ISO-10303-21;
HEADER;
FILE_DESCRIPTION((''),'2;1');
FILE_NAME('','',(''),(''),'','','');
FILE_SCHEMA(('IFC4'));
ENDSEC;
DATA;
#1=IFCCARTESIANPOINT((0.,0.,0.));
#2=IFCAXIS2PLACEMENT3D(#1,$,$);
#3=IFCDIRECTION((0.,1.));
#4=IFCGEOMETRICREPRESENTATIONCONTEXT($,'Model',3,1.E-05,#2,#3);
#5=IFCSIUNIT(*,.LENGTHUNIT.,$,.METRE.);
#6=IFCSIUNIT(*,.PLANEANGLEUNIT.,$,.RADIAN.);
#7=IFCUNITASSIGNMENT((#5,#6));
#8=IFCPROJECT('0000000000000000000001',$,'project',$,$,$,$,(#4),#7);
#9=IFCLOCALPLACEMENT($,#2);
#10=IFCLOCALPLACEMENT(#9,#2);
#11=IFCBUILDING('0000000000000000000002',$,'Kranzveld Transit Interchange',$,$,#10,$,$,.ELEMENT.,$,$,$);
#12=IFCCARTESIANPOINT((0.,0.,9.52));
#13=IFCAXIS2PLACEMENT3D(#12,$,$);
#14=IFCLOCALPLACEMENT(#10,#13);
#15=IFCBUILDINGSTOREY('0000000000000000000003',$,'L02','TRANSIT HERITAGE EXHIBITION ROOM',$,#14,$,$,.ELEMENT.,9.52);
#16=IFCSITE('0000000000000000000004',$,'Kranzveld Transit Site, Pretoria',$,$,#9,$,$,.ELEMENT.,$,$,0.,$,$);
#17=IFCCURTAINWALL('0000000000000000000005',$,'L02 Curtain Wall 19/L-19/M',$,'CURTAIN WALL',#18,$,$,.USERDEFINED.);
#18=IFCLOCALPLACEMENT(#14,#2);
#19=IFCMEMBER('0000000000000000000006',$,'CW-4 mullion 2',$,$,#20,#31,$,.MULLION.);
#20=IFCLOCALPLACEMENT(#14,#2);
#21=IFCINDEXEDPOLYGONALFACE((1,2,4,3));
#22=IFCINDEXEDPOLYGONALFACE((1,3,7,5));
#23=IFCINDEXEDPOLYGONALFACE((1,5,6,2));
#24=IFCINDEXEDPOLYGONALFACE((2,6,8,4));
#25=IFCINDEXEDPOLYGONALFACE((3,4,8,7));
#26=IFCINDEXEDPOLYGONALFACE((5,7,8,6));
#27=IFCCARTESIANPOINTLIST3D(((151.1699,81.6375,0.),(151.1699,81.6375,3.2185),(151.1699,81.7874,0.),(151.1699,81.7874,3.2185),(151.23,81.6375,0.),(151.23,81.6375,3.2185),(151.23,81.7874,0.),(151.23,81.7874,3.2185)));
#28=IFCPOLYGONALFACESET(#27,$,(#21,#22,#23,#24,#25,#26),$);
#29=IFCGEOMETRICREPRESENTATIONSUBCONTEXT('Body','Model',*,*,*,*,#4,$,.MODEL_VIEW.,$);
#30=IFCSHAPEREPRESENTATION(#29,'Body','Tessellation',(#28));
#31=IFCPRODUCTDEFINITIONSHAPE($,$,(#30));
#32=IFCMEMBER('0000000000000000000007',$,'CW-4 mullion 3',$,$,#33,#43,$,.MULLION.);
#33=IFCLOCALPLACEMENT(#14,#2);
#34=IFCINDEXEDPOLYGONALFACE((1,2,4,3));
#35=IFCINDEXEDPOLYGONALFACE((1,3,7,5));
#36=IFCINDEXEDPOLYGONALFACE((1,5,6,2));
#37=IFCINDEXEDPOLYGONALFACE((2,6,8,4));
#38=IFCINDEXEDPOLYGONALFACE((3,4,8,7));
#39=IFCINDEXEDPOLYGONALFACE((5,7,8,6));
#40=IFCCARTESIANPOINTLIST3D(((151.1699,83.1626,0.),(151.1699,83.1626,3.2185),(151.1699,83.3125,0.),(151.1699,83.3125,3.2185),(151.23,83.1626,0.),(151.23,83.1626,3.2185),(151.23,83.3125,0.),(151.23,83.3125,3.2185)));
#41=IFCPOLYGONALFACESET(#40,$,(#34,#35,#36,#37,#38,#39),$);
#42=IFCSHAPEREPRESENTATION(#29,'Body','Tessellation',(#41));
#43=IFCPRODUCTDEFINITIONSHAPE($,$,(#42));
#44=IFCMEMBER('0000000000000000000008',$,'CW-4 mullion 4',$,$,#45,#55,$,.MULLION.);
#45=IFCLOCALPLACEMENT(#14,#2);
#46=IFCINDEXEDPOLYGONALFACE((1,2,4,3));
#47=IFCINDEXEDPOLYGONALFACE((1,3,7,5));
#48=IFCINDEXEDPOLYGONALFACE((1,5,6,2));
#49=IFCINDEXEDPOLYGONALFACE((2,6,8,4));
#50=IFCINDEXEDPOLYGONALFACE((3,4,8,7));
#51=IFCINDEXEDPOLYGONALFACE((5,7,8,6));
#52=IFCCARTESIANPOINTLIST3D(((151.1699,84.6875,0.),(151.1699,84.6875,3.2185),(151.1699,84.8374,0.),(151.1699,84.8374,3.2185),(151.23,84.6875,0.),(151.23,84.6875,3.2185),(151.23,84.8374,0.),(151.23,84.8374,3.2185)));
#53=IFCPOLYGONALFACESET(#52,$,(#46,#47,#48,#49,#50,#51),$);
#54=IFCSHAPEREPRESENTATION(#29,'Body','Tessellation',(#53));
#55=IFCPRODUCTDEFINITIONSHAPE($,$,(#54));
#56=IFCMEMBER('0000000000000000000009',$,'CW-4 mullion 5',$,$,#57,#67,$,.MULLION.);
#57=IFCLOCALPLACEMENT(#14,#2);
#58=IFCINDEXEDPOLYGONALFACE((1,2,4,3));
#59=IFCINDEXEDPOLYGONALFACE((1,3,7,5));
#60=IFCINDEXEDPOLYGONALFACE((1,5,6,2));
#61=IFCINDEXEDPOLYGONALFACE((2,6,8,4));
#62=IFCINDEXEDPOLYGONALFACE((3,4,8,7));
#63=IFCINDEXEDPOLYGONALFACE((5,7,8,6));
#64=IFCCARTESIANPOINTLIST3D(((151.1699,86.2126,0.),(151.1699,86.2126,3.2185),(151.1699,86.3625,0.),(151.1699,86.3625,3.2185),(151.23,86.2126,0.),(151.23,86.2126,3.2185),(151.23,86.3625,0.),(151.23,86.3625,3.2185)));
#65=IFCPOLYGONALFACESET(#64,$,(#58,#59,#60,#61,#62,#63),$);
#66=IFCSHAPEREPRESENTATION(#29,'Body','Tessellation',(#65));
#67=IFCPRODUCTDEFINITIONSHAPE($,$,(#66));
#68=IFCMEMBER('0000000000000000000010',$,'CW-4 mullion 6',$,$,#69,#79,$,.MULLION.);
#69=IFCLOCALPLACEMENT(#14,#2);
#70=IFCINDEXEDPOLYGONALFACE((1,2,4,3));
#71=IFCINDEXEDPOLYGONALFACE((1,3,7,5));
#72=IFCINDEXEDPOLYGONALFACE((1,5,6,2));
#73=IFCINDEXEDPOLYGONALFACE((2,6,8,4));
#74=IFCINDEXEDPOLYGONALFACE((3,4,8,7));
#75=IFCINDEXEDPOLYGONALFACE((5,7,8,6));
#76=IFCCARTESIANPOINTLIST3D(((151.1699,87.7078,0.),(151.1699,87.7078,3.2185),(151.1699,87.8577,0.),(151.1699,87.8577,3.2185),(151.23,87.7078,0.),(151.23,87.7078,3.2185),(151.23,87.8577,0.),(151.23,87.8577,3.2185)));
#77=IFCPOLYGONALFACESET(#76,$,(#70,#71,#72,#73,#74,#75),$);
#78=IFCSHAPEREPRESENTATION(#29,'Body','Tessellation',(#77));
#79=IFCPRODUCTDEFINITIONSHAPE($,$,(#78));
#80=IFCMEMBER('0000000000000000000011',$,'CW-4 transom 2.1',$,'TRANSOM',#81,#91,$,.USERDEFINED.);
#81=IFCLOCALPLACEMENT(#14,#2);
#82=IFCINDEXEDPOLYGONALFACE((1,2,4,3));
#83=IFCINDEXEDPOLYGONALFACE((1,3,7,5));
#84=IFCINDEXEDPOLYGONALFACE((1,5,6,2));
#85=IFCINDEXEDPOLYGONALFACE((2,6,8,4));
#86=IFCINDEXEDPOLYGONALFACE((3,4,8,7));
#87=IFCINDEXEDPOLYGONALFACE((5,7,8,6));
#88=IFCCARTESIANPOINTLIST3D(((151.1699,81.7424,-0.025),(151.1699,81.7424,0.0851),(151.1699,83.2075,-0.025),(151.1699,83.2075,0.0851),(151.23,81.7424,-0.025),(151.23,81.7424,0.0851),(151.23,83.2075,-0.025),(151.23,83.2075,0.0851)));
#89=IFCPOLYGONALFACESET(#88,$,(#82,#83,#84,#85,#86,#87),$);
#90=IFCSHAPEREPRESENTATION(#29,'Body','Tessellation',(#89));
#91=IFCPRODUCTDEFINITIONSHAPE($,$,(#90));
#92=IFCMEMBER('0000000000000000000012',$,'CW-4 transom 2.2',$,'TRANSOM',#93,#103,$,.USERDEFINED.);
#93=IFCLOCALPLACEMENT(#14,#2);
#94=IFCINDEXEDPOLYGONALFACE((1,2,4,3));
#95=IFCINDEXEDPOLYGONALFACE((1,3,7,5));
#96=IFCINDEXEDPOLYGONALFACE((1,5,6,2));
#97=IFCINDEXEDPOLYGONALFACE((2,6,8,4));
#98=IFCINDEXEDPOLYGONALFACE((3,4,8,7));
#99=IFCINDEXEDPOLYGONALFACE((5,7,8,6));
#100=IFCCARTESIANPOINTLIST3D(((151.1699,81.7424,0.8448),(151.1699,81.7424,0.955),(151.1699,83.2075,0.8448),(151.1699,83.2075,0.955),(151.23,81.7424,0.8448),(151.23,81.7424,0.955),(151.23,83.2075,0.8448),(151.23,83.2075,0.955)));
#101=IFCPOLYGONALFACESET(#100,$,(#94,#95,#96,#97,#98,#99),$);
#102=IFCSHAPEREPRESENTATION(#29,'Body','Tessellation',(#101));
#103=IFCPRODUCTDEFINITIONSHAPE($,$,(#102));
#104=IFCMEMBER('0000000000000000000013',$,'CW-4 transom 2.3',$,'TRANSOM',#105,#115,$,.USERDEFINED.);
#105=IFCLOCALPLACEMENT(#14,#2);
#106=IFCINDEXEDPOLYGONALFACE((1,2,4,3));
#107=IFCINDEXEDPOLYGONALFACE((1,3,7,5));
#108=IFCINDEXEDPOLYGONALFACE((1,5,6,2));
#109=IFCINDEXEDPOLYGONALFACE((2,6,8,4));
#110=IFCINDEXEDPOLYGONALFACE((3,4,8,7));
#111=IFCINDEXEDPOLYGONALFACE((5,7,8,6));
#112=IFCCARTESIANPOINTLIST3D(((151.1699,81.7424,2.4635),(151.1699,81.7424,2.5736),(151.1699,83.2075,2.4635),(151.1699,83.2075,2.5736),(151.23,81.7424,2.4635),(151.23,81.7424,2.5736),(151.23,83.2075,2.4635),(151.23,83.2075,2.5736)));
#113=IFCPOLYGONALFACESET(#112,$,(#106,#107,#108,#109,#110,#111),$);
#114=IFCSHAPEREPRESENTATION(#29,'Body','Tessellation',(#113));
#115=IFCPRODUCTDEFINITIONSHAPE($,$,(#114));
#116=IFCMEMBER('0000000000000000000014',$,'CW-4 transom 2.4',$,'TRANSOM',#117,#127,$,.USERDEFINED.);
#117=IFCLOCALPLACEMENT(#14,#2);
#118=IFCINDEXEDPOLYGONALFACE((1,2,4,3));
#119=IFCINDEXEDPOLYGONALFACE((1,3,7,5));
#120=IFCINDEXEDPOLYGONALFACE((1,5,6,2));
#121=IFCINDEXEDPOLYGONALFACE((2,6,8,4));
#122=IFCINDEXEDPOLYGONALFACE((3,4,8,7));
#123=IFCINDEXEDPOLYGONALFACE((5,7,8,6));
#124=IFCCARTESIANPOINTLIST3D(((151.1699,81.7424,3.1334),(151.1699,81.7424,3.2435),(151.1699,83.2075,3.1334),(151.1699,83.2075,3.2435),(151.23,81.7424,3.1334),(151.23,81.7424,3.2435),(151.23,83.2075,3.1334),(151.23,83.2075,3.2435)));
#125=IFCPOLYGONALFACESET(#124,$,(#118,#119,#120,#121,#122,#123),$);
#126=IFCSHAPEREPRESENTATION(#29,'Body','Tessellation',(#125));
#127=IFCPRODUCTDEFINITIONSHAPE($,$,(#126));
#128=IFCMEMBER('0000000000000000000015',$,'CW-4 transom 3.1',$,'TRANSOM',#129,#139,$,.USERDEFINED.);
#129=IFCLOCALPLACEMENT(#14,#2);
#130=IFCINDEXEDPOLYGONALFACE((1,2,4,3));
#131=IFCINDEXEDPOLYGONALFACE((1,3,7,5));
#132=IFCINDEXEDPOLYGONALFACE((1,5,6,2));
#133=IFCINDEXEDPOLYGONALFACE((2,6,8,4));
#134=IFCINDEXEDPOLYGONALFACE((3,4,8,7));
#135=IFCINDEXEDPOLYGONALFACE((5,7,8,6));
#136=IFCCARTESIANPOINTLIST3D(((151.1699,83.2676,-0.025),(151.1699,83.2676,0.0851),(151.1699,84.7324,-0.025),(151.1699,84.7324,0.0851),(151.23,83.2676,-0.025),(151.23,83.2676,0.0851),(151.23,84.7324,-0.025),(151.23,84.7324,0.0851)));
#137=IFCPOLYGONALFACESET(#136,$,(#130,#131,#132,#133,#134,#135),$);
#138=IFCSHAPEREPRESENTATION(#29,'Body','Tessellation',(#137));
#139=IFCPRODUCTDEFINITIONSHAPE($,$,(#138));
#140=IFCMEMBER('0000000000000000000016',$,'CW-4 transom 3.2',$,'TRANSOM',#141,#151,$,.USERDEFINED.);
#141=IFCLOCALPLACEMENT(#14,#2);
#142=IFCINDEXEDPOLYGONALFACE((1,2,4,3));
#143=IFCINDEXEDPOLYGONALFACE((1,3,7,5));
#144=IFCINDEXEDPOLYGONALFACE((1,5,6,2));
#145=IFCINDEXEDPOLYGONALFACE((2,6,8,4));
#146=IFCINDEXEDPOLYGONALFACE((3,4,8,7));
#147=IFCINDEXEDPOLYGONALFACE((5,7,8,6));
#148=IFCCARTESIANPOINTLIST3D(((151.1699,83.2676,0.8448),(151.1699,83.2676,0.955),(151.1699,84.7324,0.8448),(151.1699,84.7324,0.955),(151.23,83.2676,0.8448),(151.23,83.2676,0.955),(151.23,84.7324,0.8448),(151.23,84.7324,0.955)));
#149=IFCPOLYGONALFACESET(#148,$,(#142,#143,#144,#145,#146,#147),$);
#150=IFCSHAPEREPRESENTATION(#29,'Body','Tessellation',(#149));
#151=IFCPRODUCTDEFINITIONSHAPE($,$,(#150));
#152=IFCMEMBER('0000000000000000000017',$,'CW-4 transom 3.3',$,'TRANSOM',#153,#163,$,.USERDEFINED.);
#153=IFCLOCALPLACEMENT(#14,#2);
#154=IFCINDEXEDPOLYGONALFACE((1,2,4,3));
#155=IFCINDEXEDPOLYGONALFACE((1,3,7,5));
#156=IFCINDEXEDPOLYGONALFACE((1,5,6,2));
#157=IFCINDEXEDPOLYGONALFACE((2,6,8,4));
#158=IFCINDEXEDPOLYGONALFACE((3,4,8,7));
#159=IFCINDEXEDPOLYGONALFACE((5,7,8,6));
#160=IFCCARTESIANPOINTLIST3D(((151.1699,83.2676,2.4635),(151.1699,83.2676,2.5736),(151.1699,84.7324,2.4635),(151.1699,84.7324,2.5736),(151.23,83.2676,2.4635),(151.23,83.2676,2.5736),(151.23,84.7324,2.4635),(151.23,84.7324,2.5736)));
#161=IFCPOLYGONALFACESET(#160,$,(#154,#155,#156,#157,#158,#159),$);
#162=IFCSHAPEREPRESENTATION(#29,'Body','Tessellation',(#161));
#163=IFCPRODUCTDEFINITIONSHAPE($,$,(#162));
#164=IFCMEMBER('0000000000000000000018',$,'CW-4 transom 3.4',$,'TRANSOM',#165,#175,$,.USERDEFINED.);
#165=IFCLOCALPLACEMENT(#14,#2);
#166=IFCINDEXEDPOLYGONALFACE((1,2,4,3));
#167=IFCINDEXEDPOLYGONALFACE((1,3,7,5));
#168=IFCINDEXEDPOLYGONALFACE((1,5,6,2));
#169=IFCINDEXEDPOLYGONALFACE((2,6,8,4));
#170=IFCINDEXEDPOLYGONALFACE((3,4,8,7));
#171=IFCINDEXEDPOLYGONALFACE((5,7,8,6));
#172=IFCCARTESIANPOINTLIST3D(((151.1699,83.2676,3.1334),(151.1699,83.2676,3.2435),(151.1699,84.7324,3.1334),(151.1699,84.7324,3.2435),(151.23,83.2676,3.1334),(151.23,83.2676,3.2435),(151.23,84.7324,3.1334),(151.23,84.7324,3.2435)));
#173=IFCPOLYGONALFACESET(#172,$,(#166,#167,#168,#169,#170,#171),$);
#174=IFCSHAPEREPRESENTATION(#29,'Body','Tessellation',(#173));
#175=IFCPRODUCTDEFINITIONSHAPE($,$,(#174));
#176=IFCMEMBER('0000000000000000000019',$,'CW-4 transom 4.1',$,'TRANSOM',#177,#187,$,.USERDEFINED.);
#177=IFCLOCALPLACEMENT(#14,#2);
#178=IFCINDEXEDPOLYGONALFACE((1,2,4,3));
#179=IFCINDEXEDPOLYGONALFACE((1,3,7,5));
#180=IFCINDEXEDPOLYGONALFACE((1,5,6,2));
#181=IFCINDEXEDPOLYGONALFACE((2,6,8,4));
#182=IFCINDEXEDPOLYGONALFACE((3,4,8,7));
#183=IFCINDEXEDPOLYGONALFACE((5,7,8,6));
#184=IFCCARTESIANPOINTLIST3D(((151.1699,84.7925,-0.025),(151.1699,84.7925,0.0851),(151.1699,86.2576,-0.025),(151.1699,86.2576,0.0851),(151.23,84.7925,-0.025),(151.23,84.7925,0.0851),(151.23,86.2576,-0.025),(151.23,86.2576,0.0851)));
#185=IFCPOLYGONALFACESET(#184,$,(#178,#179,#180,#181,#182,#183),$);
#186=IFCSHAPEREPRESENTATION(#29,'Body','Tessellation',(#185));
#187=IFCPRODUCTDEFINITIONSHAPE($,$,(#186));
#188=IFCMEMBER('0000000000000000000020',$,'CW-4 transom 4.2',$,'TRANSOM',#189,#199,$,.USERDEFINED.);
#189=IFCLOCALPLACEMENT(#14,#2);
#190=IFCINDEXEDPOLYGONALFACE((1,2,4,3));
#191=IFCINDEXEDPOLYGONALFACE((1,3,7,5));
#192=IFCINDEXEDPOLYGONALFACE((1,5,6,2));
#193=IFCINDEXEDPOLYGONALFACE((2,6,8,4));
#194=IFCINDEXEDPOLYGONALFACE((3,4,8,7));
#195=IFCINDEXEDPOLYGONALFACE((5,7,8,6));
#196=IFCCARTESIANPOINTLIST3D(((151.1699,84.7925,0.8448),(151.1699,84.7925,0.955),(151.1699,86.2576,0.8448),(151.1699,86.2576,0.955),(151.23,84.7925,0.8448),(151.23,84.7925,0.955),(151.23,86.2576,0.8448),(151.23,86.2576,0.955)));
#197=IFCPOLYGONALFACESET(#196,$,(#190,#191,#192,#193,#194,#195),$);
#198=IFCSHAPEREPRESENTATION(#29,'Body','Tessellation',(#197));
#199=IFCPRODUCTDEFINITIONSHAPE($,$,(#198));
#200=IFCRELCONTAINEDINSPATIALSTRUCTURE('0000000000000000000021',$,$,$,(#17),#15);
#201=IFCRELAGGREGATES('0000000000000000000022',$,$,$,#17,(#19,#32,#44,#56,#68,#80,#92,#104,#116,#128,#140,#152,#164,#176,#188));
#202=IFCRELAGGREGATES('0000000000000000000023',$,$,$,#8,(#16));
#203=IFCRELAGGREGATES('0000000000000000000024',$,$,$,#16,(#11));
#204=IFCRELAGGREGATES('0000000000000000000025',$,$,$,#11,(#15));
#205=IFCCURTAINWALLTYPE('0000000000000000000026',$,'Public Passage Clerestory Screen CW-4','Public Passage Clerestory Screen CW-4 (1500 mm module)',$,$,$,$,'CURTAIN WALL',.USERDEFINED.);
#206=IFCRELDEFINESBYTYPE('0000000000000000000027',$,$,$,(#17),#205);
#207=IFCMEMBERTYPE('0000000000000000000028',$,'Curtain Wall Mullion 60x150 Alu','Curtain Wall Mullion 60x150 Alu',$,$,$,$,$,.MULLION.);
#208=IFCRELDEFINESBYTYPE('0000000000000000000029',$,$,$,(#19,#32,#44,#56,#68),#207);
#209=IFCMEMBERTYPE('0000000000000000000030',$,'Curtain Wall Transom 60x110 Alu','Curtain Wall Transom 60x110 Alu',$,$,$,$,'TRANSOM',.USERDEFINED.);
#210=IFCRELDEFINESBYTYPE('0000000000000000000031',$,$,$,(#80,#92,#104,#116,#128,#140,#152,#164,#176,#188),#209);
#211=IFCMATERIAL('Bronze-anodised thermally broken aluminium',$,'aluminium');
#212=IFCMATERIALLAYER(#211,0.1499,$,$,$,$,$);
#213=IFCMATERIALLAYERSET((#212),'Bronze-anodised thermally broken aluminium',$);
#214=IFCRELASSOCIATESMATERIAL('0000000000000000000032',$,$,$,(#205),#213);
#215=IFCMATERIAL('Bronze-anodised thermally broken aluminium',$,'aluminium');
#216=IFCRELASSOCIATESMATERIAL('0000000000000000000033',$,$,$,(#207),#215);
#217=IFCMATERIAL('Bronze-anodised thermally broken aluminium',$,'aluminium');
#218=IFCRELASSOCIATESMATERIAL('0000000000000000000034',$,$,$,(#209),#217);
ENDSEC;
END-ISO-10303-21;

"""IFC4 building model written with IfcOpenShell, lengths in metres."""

from ifc_helpers import new_model, si_unit, direction, frame, origin, origin_2d, place, context, subcontext, project, spatial, rectangle, extrude, material, layer, layer_set, material_profile, profile_set, type_object, element, aggregate, save


model = new_model("IFC4")

# Units and contexts
model_context = context("Model", 3, precision=1e-05, world=origin(), true_north=direction((0.0, 1.0)))
body_context = subcontext(model_context, "Body", "Model", "MODEL_VIEW")
ifc_project = project(units=[si_unit("LENGTHUNIT", "METRE"), si_unit("PLANEANGLEUNIT", "RADIAN")], contexts=[model_context])

# Site, building, storey
site_placement = place(None, origin())
site = spatial("IfcSite", under=ifc_project, at=site_placement, Name="Kranzveld Transit Site, Pretoria", CompositionType="ELEMENT", RefElevation=0.0)
building_placement = place(site_placement, origin())
building = spatial("IfcBuilding", under=site, at=building_placement, Name="Kranzveld Transit Interchange", CompositionType="ELEMENT")
storey_placement = place(building_placement, frame((0.0, 0.0, 9.52)))
storey = spatial("IfcBuildingStorey", under=building, at=storey_placement, Name="L02", Description="TRANSIT HERITAGE EXHIBITION ROOM", CompositionType="ELEMENT", Elevation=9.52)

# Curtain wall, members
ifc_material_1 = material(Name="Bronze-anodised thermally broken aluminium", Category="aluminium")
ifc_layer_1 = layer(ifc_material_1, 0.1499)
ifc_layer_set_1 = layer_set([ifc_layer_1], Name="Bronze-anodised thermally broken aluminium")
curtain_wall_type = type_object("IfcCurtainWallType", Name="Public Passage Clerestory Screen CW-4", Description="Public Passage Clerestory Screen CW-4 (1500 mm module)", ElementType="CURTAIN WALL", PredefinedType="USERDEFINED", material=ifc_layer_set_1)
curtain_wall_placement = place(storey_placement, origin())
curtain_wall = element("IfcCurtainWall", 1, at=curtain_wall_placement, inside=storey, type_object=curtain_wall_type, Name="L02 Curtain Wall 19/L-19/M", ObjectType="CURTAIN WALL", PredefinedType="USERDEFINED")
ifc_material_2 = material(Name="Bronze-anodised thermally broken aluminium", Category="aluminium")
ifc_material_profile_1 = material_profile(ifc_material_2, rectangle(XDim=0.0601, YDim=0.1499, at=origin_2d()), Name="ALU MULLION 60x150")
ifc_profile_set_1 = profile_set([ifc_material_profile_1], Name="Bronze-anodised thermally broken aluminium")
member_type_1 = type_object("IfcMemberType", Name="Curtain Wall Mullion 60x150 Alu", Description="Curtain Wall Mullion 60x150 Alu", PredefinedType="MULLION", material=ifc_profile_set_1)
member_1_placement = place(storey_placement, frame((151.2, 81.7124, 0.0), z_axis=(0.0, 0.0, 1.0), x_axis=(-1.0, 0.0, 0.0)))
member_1 = element("IfcMember", 2, at=member_1_placement, type_object=member_type_1, Name="CW-4 mullion 2", PredefinedType="MULLION", context=body_context, shape_type="SweptSolid", body=[
    extrude(rectangle(XDim=0.0601, YDim=0.1499, at=origin_2d()), origin(), (0.0, 0.0, 1.0), 3.2185),
])
member_2_placement = place(storey_placement, frame((151.2, 83.2375, 0.0), z_axis=(0.0, 0.0, 1.0), x_axis=(-1.0, 0.0, 0.0)))
member_2 = element("IfcMember", 3, at=member_2_placement, type_object=member_type_1, Name="CW-4 mullion 3", PredefinedType="MULLION", context=body_context, shape_type="SweptSolid", body=[
    extrude(rectangle(XDim=0.0601, YDim=0.1499, at=origin_2d()), origin(), (0.0, 0.0, 1.0), 3.2185),
])
member_3_placement = place(storey_placement, frame((151.2, 84.7625, 0.0), z_axis=(0.0, 0.0, 1.0), x_axis=(-1.0, 0.0, 0.0)))
member_3 = element("IfcMember", 4, at=member_3_placement, type_object=member_type_1, Name="CW-4 mullion 4", PredefinedType="MULLION", context=body_context, shape_type="SweptSolid", body=[
    extrude(rectangle(XDim=0.0601, YDim=0.1499, at=origin_2d()), origin(), (0.0, 0.0, 1.0), 3.2185),
])
member_4_placement = place(storey_placement, frame((151.2, 86.2876, 0.0), z_axis=(0.0, 0.0, 1.0), x_axis=(-1.0, 0.0, 0.0)))
member_4 = element("IfcMember", 5, at=member_4_placement, type_object=member_type_1, Name="CW-4 mullion 5", PredefinedType="MULLION", context=body_context, shape_type="SweptSolid", body=[
    extrude(rectangle(XDim=0.0601, YDim=0.1499, at=origin_2d()), origin(), (0.0, 0.0, 1.0), 3.2185),
])
member_5_placement = place(storey_placement, frame((151.2, 87.7827, 0.0), z_axis=(0.0, 0.0, 1.0), x_axis=(-1.0, 0.0, 0.0)))
member_5 = element("IfcMember", 6, at=member_5_placement, type_object=member_type_1, Name="CW-4 mullion 6", PredefinedType="MULLION", context=body_context, shape_type="SweptSolid", body=[
    extrude(rectangle(XDim=0.0601, YDim=0.1499, at=origin_2d()), origin(), (0.0, 0.0, 1.0), 3.2185),
])
ifc_material_3 = material(Name="Bronze-anodised thermally broken aluminium", Category="aluminium")
ifc_material_profile_2 = material_profile(ifc_material_3, rectangle(XDim=0.0601, YDim=0.1101, at=origin_2d()), Name="ALU TRANSOM 60x110")
ifc_profile_set_2 = profile_set([ifc_material_profile_2], Name="Bronze-anodised thermally broken aluminium")
member_type_2 = type_object("IfcMemberType", Name="Curtain Wall Transom 60x110 Alu", Description="Curtain Wall Transom 60x110 Alu", ElementType="TRANSOM", PredefinedType="USERDEFINED", material=ifc_profile_set_2)
member_6_placement = place(storey_placement, frame((151.2, 81.7424, 0.03), z_axis=(0.0, 1.0, 0.0), x_axis=(-1.0, 0.0, 0.0)))
member_6 = element("IfcMember", 7, at=member_6_placement, type_object=member_type_2, Name="CW-4 transom 2.1", ObjectType="TRANSOM", PredefinedType="USERDEFINED", context=body_context, shape_type="SweptSolid", body=[
    extrude(rectangle(XDim=0.0601, YDim=0.1101, at=origin_2d()), origin(), (0.0, 0.0, 1.0), 1.4651),
])
member_7_placement = place(storey_placement, frame((151.2, 81.7424, 0.8999), z_axis=(0.0, 1.0, 0.0), x_axis=(-1.0, 0.0, 0.0)))
member_7 = element("IfcMember", 8, at=member_7_placement, type_object=member_type_2, Name="CW-4 transom 2.2", ObjectType="TRANSOM", PredefinedType="USERDEFINED", context=body_context, shape_type="SweptSolid", body=[
    extrude(rectangle(XDim=0.0601, YDim=0.1101, at=origin_2d()), origin(), (0.0, 0.0, 1.0), 1.4651),
])
member_8_placement = place(storey_placement, frame((151.2, 81.7424, 2.5186), z_axis=(0.0, 1.0, 0.0), x_axis=(-1.0, 0.0, 0.0)))
member_8 = element("IfcMember", 9, at=member_8_placement, type_object=member_type_2, Name="CW-4 transom 2.3", ObjectType="TRANSOM", PredefinedType="USERDEFINED", context=body_context, shape_type="SweptSolid", body=[
    extrude(rectangle(XDim=0.0601, YDim=0.1101, at=origin_2d()), origin(), (0.0, 0.0, 1.0), 1.4651),
])
member_9_placement = place(storey_placement, frame((151.2, 81.7424, 3.1885), z_axis=(0.0, 1.0, 0.0), x_axis=(-1.0, 0.0, 0.0)))
member_9 = element("IfcMember", 10, at=member_9_placement, type_object=member_type_2, Name="CW-4 transom 2.4", ObjectType="TRANSOM", PredefinedType="USERDEFINED", context=body_context, shape_type="SweptSolid", body=[
    extrude(rectangle(XDim=0.0601, YDim=0.1101, at=origin_2d()), origin(), (0.0, 0.0, 1.0), 1.4651),
])
member_10_placement = place(storey_placement, frame((151.2, 83.2676, 0.03), z_axis=(0.0, 1.0, 0.0), x_axis=(-1.0, 0.0, 0.0)))
member_10 = element("IfcMember", 11, at=member_10_placement, type_object=member_type_2, Name="CW-4 transom 3.1", ObjectType="TRANSOM", PredefinedType="USERDEFINED", context=body_context, shape_type="SweptSolid", body=[
    extrude(rectangle(XDim=0.0601, YDim=0.1101, at=origin_2d()), origin(), (0.0, 0.0, 1.0), 1.4648),
])
member_11_placement = place(storey_placement, frame((151.2, 83.2676, 0.8999), z_axis=(0.0, 1.0, 0.0), x_axis=(-1.0, 0.0, 0.0)))
member_11 = element("IfcMember", 12, at=member_11_placement, type_object=member_type_2, Name="CW-4 transom 3.2", ObjectType="TRANSOM", PredefinedType="USERDEFINED", context=body_context, shape_type="SweptSolid", body=[
    extrude(rectangle(XDim=0.0601, YDim=0.1101, at=origin_2d()), origin(), (0.0, 0.0, 1.0), 1.4648),
])
member_12_placement = place(storey_placement, frame((151.2, 83.2676, 2.5186), z_axis=(0.0, 1.0, 0.0), x_axis=(-1.0, 0.0, 0.0)))
member_12 = element("IfcMember", 13, at=member_12_placement, type_object=member_type_2, Name="CW-4 transom 3.3", ObjectType="TRANSOM", PredefinedType="USERDEFINED", context=body_context, shape_type="SweptSolid", body=[
    extrude(rectangle(XDim=0.0601, YDim=0.1101, at=origin_2d()), origin(), (0.0, 0.0, 1.0), 1.4648),
])
member_13_placement = place(storey_placement, frame((151.2, 83.2676, 3.1885), z_axis=(0.0, 1.0, 0.0), x_axis=(-1.0, 0.0, 0.0)))
member_13 = element("IfcMember", 14, at=member_13_placement, type_object=member_type_2, Name="CW-4 transom 3.4", ObjectType="TRANSOM", PredefinedType="USERDEFINED", context=body_context, shape_type="SweptSolid", body=[
    extrude(rectangle(XDim=0.0601, YDim=0.1101, at=origin_2d()), origin(), (0.0, 0.0, 1.0), 1.4648),
])
member_14_placement = place(storey_placement, frame((151.2, 84.7925, 0.03), z_axis=(0.0, 1.0, 0.0), x_axis=(-1.0, 0.0, 0.0)))
member_14 = element("IfcMember", 15, at=member_14_placement, type_object=member_type_2, Name="CW-4 transom 4.1", ObjectType="TRANSOM", PredefinedType="USERDEFINED", context=body_context, shape_type="SweptSolid", body=[
    extrude(rectangle(XDim=0.0601, YDim=0.1101, at=origin_2d()), origin(), (0.0, 0.0, 1.0), 1.4651),
])
member_15_placement = place(storey_placement, frame((151.2, 84.7925, 0.8999), z_axis=(0.0, 1.0, 0.0), x_axis=(-1.0, 0.0, 0.0)))
member_15 = element("IfcMember", 16, at=member_15_placement, type_object=member_type_2, Name="CW-4 transom 4.2", ObjectType="TRANSOM", PredefinedType="USERDEFINED", context=body_context, shape_type="SweptSolid", body=[
    extrude(rectangle(XDim=0.0601, YDim=0.1101, at=origin_2d()), origin(), (0.0, 0.0, 1.0), 1.4651),
])
aggregate(curtain_wall, [member_1, member_2, member_3, member_4, member_5, member_6, member_7, member_8, member_9, member_10, member_11, member_12, member_13, member_14, member_15])

save(model, "model.ifc")
